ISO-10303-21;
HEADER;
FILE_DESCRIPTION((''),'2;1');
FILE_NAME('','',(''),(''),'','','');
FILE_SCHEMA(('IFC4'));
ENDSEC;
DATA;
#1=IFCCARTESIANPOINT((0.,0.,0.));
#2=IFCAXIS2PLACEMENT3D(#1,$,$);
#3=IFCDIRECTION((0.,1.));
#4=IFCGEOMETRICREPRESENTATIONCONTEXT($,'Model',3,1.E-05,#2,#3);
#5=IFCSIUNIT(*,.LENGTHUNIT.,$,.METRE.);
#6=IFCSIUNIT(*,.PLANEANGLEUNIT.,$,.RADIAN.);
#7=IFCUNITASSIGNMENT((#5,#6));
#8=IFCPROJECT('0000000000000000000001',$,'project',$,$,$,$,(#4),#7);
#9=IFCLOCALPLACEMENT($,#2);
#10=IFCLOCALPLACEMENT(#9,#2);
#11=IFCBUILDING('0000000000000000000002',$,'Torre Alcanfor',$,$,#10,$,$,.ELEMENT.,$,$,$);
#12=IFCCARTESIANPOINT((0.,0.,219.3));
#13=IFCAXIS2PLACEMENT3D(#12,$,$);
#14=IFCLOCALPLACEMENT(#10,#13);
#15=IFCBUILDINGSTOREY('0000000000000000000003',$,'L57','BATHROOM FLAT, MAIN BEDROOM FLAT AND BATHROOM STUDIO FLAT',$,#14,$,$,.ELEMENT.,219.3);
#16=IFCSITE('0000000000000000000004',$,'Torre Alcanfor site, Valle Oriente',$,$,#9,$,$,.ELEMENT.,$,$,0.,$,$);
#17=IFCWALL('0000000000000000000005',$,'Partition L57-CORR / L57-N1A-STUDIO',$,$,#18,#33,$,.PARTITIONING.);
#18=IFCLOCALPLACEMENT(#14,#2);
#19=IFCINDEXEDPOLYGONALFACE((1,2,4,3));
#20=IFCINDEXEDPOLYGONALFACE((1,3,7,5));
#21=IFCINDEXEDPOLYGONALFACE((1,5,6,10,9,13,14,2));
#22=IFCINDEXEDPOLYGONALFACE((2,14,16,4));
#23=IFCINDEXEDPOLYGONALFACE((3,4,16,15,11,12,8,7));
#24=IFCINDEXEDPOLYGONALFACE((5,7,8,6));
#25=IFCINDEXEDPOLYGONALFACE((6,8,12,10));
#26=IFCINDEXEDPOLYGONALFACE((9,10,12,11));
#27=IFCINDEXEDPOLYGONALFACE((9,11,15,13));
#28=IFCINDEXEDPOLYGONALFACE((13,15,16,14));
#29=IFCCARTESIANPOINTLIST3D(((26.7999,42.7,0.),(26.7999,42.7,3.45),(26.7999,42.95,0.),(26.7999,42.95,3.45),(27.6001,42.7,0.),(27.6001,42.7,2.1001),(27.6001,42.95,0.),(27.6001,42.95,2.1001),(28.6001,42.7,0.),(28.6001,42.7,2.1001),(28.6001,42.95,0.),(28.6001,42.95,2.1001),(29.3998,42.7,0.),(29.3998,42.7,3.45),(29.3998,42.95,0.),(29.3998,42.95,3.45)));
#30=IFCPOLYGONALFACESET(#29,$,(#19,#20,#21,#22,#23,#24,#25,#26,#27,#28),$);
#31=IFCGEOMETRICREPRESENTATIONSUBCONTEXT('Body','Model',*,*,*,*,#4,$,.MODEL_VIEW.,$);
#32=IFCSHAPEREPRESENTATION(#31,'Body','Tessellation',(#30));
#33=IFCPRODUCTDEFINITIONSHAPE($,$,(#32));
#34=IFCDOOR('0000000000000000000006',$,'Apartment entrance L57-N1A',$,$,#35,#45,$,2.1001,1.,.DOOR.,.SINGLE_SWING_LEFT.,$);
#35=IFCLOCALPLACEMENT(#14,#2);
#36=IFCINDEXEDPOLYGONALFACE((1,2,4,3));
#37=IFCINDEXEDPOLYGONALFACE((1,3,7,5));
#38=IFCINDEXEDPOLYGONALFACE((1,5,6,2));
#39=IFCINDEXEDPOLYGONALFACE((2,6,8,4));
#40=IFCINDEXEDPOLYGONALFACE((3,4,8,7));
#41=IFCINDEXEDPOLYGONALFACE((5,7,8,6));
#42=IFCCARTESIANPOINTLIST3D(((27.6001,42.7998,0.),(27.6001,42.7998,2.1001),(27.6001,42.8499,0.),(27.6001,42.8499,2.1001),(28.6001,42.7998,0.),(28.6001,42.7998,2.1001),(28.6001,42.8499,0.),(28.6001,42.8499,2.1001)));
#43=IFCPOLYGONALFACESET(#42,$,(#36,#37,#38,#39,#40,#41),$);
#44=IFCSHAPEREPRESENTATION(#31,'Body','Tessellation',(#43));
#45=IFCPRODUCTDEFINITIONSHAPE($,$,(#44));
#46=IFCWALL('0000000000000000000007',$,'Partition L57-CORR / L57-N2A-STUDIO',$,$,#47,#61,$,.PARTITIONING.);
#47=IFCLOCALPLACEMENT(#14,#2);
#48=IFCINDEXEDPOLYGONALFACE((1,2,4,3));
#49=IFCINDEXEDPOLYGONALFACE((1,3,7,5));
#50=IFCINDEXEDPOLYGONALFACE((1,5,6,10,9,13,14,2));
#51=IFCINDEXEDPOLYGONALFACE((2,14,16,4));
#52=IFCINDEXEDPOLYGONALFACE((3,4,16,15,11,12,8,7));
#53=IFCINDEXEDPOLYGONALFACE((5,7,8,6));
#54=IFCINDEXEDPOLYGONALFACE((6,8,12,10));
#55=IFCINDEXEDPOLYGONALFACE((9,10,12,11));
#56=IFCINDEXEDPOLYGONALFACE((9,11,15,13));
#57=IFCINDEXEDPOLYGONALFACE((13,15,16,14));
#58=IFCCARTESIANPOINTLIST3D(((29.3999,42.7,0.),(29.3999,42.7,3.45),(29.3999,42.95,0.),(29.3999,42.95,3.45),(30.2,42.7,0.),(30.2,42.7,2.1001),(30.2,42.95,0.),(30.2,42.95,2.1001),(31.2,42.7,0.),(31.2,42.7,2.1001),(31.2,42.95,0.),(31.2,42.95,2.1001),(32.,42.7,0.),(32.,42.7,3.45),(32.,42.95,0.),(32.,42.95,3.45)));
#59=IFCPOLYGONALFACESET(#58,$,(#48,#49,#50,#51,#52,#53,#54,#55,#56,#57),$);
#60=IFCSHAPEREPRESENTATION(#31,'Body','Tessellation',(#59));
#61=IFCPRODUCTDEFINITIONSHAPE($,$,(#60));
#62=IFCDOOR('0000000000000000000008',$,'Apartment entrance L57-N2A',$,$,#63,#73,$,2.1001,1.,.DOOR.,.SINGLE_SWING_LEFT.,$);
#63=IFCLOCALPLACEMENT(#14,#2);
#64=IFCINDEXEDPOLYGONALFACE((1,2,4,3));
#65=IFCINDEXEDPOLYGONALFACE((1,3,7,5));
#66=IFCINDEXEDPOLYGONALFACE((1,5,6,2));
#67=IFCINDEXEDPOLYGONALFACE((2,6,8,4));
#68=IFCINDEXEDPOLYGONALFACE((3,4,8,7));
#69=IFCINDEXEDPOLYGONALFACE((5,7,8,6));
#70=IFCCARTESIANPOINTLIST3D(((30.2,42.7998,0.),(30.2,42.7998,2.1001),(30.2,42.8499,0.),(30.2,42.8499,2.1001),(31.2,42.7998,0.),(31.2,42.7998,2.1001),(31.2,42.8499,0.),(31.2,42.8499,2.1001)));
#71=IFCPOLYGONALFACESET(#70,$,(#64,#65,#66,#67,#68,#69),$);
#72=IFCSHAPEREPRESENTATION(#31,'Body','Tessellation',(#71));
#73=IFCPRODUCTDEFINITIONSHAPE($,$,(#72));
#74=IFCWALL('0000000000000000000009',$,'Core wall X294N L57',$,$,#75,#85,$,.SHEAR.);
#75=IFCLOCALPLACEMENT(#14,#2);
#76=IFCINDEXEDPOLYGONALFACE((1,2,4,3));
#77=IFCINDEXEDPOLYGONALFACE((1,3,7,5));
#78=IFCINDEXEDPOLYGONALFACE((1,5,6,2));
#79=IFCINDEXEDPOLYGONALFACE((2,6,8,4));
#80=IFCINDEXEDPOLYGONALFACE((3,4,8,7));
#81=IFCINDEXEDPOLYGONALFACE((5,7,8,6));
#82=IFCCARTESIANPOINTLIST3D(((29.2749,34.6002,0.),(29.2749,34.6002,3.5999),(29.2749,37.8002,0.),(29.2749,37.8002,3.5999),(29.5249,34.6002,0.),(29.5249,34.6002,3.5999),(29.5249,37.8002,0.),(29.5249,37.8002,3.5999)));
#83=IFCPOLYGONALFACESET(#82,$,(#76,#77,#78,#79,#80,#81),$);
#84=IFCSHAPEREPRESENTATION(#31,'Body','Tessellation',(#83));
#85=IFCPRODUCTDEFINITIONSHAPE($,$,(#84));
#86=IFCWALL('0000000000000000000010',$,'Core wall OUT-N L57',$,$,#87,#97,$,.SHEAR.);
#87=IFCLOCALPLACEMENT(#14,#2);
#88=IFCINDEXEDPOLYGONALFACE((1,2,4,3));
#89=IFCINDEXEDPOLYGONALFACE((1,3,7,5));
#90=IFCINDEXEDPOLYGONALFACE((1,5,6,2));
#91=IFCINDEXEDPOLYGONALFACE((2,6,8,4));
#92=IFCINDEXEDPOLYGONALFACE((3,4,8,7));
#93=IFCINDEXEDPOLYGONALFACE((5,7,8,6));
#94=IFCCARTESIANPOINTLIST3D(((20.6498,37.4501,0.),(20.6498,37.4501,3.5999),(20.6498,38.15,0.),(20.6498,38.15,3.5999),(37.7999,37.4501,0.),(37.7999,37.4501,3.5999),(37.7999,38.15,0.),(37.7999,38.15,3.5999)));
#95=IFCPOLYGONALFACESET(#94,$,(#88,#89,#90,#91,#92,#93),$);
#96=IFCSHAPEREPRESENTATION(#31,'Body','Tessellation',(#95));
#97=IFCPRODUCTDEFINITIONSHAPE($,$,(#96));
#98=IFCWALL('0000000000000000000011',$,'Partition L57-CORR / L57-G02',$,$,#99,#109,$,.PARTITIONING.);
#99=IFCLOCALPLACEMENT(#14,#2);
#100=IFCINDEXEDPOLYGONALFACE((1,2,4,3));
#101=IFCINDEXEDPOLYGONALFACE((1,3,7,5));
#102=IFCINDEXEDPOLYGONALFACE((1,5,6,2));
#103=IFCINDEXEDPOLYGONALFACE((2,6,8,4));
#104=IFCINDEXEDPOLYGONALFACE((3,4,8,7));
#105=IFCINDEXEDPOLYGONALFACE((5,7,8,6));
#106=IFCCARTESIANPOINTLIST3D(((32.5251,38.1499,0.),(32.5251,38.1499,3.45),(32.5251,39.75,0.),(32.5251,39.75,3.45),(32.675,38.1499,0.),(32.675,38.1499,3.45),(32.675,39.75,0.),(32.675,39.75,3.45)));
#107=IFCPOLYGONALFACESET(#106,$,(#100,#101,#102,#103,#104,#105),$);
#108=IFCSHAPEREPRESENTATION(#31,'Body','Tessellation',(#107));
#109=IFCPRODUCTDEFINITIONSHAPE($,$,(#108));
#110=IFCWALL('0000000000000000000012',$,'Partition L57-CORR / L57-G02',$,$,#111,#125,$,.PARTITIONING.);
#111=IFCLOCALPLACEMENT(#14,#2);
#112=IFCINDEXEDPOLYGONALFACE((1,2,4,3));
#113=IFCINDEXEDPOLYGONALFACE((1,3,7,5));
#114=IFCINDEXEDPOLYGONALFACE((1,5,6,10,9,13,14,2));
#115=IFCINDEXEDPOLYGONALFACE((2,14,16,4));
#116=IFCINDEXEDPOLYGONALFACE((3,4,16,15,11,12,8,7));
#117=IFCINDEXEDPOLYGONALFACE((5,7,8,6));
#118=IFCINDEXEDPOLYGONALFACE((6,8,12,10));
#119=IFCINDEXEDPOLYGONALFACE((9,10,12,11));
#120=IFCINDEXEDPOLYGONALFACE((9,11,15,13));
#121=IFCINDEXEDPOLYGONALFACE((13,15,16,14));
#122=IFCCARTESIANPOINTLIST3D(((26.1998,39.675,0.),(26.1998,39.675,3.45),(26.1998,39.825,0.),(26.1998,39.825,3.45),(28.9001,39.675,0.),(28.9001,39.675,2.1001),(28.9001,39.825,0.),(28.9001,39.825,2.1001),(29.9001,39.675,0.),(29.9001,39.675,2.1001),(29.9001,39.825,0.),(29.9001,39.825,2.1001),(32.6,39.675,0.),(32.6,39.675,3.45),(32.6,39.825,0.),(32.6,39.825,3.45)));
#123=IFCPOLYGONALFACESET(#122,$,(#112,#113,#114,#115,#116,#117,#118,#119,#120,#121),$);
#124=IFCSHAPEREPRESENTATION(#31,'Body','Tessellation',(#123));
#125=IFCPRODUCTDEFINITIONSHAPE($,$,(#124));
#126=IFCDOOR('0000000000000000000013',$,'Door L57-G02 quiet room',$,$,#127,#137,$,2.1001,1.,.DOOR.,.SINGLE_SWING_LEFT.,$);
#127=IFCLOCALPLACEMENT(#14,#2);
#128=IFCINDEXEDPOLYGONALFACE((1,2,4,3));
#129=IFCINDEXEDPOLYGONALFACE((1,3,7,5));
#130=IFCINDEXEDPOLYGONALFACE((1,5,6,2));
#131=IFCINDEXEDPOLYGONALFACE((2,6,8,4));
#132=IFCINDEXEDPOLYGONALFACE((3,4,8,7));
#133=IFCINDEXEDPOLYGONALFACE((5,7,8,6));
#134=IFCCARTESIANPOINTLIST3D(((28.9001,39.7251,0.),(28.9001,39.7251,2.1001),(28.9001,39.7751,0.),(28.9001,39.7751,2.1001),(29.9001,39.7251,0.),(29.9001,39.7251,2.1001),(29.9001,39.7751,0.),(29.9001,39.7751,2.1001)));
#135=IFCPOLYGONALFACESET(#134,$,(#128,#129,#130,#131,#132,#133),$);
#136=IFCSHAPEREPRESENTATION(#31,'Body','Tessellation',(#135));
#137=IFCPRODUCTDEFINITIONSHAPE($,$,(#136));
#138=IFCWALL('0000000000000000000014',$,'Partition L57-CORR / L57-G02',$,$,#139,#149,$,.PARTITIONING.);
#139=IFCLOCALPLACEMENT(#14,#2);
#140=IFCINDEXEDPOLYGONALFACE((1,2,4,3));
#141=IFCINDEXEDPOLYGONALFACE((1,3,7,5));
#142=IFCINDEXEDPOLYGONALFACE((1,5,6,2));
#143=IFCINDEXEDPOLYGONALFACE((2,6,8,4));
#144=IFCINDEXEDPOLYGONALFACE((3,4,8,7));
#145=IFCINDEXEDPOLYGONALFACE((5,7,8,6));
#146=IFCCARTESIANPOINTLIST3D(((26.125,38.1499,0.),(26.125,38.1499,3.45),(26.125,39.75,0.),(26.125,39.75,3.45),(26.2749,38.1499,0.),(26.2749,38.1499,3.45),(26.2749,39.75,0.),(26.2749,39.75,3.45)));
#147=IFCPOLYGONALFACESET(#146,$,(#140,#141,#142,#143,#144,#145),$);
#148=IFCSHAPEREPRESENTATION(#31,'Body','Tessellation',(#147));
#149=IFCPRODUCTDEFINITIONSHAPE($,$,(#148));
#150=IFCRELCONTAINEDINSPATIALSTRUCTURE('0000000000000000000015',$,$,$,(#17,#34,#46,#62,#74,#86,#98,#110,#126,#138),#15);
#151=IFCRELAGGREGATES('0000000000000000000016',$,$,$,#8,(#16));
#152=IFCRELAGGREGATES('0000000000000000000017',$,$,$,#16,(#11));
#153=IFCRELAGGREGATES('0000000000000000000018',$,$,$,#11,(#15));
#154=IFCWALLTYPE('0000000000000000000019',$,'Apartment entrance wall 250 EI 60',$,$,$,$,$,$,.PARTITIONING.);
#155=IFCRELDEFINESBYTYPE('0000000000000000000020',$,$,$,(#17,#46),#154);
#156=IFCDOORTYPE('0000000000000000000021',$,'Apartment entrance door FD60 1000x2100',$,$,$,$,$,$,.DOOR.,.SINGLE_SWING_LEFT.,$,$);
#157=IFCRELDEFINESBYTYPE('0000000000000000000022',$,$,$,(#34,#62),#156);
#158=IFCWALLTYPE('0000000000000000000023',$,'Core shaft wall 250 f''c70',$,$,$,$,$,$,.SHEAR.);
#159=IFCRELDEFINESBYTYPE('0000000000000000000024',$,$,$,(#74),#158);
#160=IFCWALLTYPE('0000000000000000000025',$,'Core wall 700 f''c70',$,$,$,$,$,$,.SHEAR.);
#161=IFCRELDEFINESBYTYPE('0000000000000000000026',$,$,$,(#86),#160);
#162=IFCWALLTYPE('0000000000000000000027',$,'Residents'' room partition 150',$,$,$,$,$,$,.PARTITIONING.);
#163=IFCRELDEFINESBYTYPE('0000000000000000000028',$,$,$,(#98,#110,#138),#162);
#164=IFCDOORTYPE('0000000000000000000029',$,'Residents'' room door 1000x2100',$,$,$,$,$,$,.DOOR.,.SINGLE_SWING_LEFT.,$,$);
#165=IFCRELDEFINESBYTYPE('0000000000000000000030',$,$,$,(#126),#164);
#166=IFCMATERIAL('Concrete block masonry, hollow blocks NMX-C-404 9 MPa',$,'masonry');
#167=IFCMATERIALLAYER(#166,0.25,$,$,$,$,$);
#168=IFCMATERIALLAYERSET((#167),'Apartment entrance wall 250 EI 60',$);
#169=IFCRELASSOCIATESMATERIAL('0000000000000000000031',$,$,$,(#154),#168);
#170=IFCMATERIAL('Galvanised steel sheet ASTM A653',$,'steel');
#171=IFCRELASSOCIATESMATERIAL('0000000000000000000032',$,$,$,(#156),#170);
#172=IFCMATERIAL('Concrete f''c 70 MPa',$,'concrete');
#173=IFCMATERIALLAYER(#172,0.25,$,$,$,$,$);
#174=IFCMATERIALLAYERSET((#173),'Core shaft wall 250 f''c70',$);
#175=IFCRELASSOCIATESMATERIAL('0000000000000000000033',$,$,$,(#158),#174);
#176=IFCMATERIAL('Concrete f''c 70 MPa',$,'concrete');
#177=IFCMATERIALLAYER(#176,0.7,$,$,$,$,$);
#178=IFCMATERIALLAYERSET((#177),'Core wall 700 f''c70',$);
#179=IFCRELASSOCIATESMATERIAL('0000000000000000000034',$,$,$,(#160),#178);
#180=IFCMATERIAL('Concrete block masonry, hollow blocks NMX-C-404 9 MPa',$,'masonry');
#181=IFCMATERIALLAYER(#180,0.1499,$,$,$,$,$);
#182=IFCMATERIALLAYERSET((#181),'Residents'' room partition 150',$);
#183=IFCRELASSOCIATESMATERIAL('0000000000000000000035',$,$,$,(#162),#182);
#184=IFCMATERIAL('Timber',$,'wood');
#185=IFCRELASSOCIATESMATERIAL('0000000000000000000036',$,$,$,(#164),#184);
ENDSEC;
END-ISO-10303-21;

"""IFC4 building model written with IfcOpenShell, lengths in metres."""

from ifc_helpers import new_model, si_unit, direction, frame, frame_2d, origin, place, context, subcontext, project, spatial, rectangle, extrude, material, layer, layer_set, type_object, element, fill, save


model = new_model("IFC4")

# Units and contexts
model_context = context("Model", 3, precision=1e-05, world=origin(), true_north=direction((0.0, 1.0)))
body_context = subcontext(model_context, "Body", "Model", "MODEL_VIEW")
ifc_project = project(units=[si_unit("LENGTHUNIT", "METRE"), si_unit("PLANEANGLEUNIT", "RADIAN")], contexts=[model_context])

# Site, building, storey
site_placement = place(None, origin())
site = spatial("IfcSite", under=ifc_project, at=site_placement, Name="Torre Alcanfor site, Valle Oriente", CompositionType="ELEMENT", RefElevation=0.0)
building_placement = place(site_placement, origin())
building = spatial("IfcBuilding", under=site, at=building_placement, Name="Torre Alcanfor", CompositionType="ELEMENT")
storey_placement = place(building_placement, frame((0.0, 0.0, 219.3)))
storey = spatial("IfcBuildingStorey", under=building, at=storey_placement, Name="L57", Description="BATHROOM FLAT, MAIN BEDROOM FLAT AND BATHROOM STUDIO FLAT", CompositionType="ELEMENT", Elevation=219.3)

# Walls, openings, doors
ifc_material_1 = material(Name="Concrete block masonry, hollow blocks NMX-C-404 9 MPa", Category="masonry")
ifc_layer_1 = layer(ifc_material_1, 0.25)
ifc_layer_set_1 = layer_set([ifc_layer_1], Name="Apartment entrance wall 250 EI 60")
wall_type_1 = type_object("IfcWallType", Name="Apartment entrance wall 250 EI 60", PredefinedType="PARTITIONING", material=ifc_layer_set_1)
wall_1_placement = place(storey_placement, frame((26.8, 42.825, 0.0), z_axis=(0.0, 0.0, 1.0), x_axis=(1.0, 0.0, 0.0)))
wall_1 = element("IfcWall", 1, at=wall_1_placement, inside=storey, type_object=wall_type_1, Name="Partition L57-CORR / L57-N1A-STUDIO", PredefinedType="PARTITIONING", context=body_context, shape_type="SweptSolid", body=[
    extrude(rectangle(XDim=2.5999, YDim=0.25, at=frame_2d((1.2998, 0.0))), origin(), (0.0, 0.0, 1.0), 3.45),
])
opening_1_placement = place(wall_1_placement, frame((0.8, 0.0, 0.0)))
opening_1 = element("IfcOpeningElement", 2, at=opening_1_placement, cuts=wall_1, PredefinedType="OPENING", context=body_context, shape_type="SweptSolid", body=[
    extrude(rectangle(XDim=1.0, YDim=2.1001, at=frame_2d((0.5, 1.05))), frame((0.0, 0.135, 0.0), z_axis=(0.0, -1.0, 0.0), x_axis=(1.0, 0.0, 0.0)), (0.0, 0.0, 1.0), 0.27),
])
ifc_material_2 = material(Name="Galvanised steel sheet ASTM A653", Category="steel")
door_type_1 = type_object("IfcDoorType", Name="Apartment entrance door FD60 1000x2100", OperationType="SINGLE_SWING_LEFT", PredefinedType="DOOR", material=ifc_material_2)
door_1_placement = place(opening_1_placement, origin())
door_1 = element("IfcDoor", 3, at=door_1_placement, inside=storey, type_object=door_type_1, Name="Apartment entrance L57-N1A", OperationType="SINGLE_SWING_LEFT", OverallHeight=2.1001, OverallWidth=1.0, PredefinedType="DOOR", context=body_context, shape_type="SweptSolid", body=[
    extrude(rectangle(XDim=1.0, YDim=2.1001, at=frame_2d((0.5, 1.05))), frame((0.0, 0.0249, 0.0), z_axis=(0.0, -1.0, 0.0), x_axis=(1.0, 0.0, 0.0)), (0.0, 0.0, 1.0), 0.05),
])
fill(opening_1, door_1)
wall_2_placement = place(storey_placement, frame((29.3999, 42.825, 0.0), z_axis=(0.0, 0.0, 1.0), x_axis=(1.0, 0.0, 0.0)))
wall_2 = element("IfcWall", 4, at=wall_2_placement, inside=storey, type_object=wall_type_1, Name="Partition L57-CORR / L57-N2A-STUDIO", PredefinedType="PARTITIONING", context=body_context, shape_type="SweptSolid", body=[
    extrude(rectangle(XDim=2.6001, YDim=0.25, at=frame_2d((1.3, 0.0))), origin(), (0.0, 0.0, 1.0), 3.45),
])
opening_2_placement = place(wall_2_placement, frame((0.8, 0.0, 0.0)))
opening_2 = element("IfcOpeningElement", 5, at=opening_2_placement, cuts=wall_2, PredefinedType="OPENING", context=body_context, shape_type="SweptSolid", body=[
    extrude(rectangle(XDim=1.0, YDim=2.1001, at=frame_2d((0.5, 1.05))), frame((0.0, 0.135, 0.0), z_axis=(0.0, -1.0, 0.0), x_axis=(1.0, 0.0, 0.0)), (0.0, 0.0, 1.0), 0.27),
])
door_2_placement = place(opening_2_placement, origin())
door_2 = element("IfcDoor", 6, at=door_2_placement, inside=storey, type_object=door_type_1, Name="Apartment entrance L57-N2A", OperationType="SINGLE_SWING_LEFT", OverallHeight=2.1001, OverallWidth=1.0, PredefinedType="DOOR", context=body_context, shape_type="SweptSolid", body=[
    extrude(rectangle(XDim=1.0, YDim=2.1001, at=frame_2d((0.5, 1.05))), frame((0.0, 0.0249, 0.0), z_axis=(0.0, -1.0, 0.0), x_axis=(1.0, 0.0, 0.0)), (0.0, 0.0, 1.0), 0.05),
])
fill(opening_2, door_2)

# Walls
ifc_material_3 = material(Name="Concrete f'c 70 MPa", Category="concrete")
ifc_layer_2 = layer(ifc_material_3, 0.25)
ifc_layer_set_2 = layer_set([ifc_layer_2], Name="Core shaft wall 250 f'c70")
wall_type_2 = type_object("IfcWallType", Name="Core shaft wall 250 f'c70", PredefinedType="SHEAR", material=ifc_layer_set_2)
wall_3_placement = place(storey_placement, frame((29.3999, 34.6001, 0.0), z_axis=(0.0, 0.0, 1.0), x_axis=(0.0, 1.0, 0.0)))
element("IfcWall", 7, at=wall_3_placement, inside=storey, type_object=wall_type_2, Name="Core wall X294N L57", PredefinedType="SHEAR", context=body_context, shape_type="SweptSolid", body=[
    extrude(rectangle(XDim=3.2, YDim=0.25, at=frame_2d((1.6001, 0.0))), origin(), (0.0, 0.0, 1.0), 3.5999),
])
ifc_material_4 = material(Name="Concrete f'c 70 MPa", Category="concrete")
ifc_layer_3 = layer(ifc_material_4, 0.7)
ifc_layer_set_3 = layer_set([ifc_layer_3], Name="Core wall 700 f'c70")
wall_type_3 = type_object("IfcWallType", Name="Core wall 700 f'c70", PredefinedType="SHEAR", material=ifc_layer_set_3)
wall_4_placement = place(storey_placement, frame((37.8, 37.8, 0.0), z_axis=(0.0, 0.0, 1.0), x_axis=(-1.0, 0.0, 0.0)))
element("IfcWall", 8, at=wall_4_placement, inside=storey, type_object=wall_type_3, Name="Core wall OUT-N L57", PredefinedType="SHEAR", context=body_context, shape_type="SweptSolid", body=[
    extrude(rectangle(XDim=17.1501, YDim=0.7, at=frame_2d((8.5752, 0.0))), origin(), (0.0, 0.0, 1.0), 3.5999),
])
ifc_material_5 = material(Name="Concrete block masonry, hollow blocks NMX-C-404 9 MPa", Category="masonry")
ifc_layer_4 = layer(ifc_material_5, 0.1499)
ifc_layer_set_4 = layer_set([ifc_layer_4], Name="Residents' room partition 150")
wall_type_4 = type_object("IfcWallType", Name="Residents' room partition 150", PredefinedType="PARTITIONING", material=ifc_layer_set_4)
wall_5_placement = place(storey_placement, frame((32.6001, 38.1499, 0.0), z_axis=(0.0, 0.0, 1.0), x_axis=(0.0, 1.0, 0.0)))
element("IfcWall", 9, at=wall_5_placement, inside=storey, type_object=wall_type_4, Name="Partition L57-CORR / L57-G02", PredefinedType="PARTITIONING", context=body_context, shape_type="SweptSolid", body=[
    extrude(rectangle(XDim=1.6001, YDim=0.1499, at=frame_2d((0.8, 0.0))), origin(), (0.0, 0.0, 1.0), 3.45),
])

# Wall, opening, door
wall_6_placement = place(storey_placement, frame((32.6001, 39.75, 0.0), z_axis=(0.0, 0.0, 1.0), x_axis=(-1.0, 0.0, 0.0)))
wall_6 = element("IfcWall", 10, at=wall_6_placement, inside=storey, type_object=wall_type_4, Name="Partition L57-CORR / L57-G02", PredefinedType="PARTITIONING", context=body_context, shape_type="SweptSolid", body=[
    extrude(rectangle(XDim=6.4001, YDim=0.1499, at=frame_2d((3.2002, 0.0))), origin(), (0.0, 0.0, 1.0), 3.45),
])
opening_3_placement = place(wall_6_placement, frame((2.7, 0.0, 0.0)))
opening_3 = element("IfcOpeningElement", 11, at=opening_3_placement, cuts=wall_6, PredefinedType="OPENING", context=body_context, shape_type="SweptSolid", body=[
    extrude(rectangle(XDim=1.0, YDim=2.1001, at=frame_2d((0.5, 1.05))), frame((0.0, 0.085, 0.0), z_axis=(0.0, -1.0, 0.0), x_axis=(1.0, 0.0, 0.0)), (0.0, 0.0, 1.0), 0.1699),
])
ifc_material_6 = material(Name="Timber", Category="wood")
door_type_2 = type_object("IfcDoorType", Name="Residents' room door 1000x2100", OperationType="SINGLE_SWING_LEFT", PredefinedType="DOOR", material=ifc_material_6)
door_3_placement = place(opening_3_placement, origin())
door_3 = element("IfcDoor", 12, at=door_3_placement, inside=storey, type_object=door_type_2, Name="Door L57-G02 quiet room", OperationType="SINGLE_SWING_LEFT", OverallHeight=2.1001, OverallWidth=1.0, PredefinedType="DOOR", context=body_context, shape_type="SweptSolid", body=[
    extrude(rectangle(XDim=1.0, YDim=2.1001, at=frame_2d((0.5, 1.05))), frame((0.0, 0.0249, 0.0), z_axis=(0.0, -1.0, 0.0), x_axis=(1.0, 0.0, 0.0)), (0.0, 0.0, 1.0), 0.05),
])
fill(opening_3, door_3)

# Wall
wall_7_placement = place(storey_placement, frame((26.2, 39.75, 0.0), z_axis=(0.0, 0.0, 1.0), x_axis=(0.0, -1.0, 0.0)))
element("IfcWall", 13, at=wall_7_placement, inside=storey, type_object=wall_type_4, Name="Partition L57-CORR / L57-G02", PredefinedType="PARTITIONING", context=body_context, shape_type="SweptSolid", body=[
    extrude(rectangle(XDim=1.6001, YDim=0.1499, at=frame_2d((0.8, 0.0))), origin(), (0.0, 0.0, 1.0), 3.45),
])

save(model, "model.ifc")
